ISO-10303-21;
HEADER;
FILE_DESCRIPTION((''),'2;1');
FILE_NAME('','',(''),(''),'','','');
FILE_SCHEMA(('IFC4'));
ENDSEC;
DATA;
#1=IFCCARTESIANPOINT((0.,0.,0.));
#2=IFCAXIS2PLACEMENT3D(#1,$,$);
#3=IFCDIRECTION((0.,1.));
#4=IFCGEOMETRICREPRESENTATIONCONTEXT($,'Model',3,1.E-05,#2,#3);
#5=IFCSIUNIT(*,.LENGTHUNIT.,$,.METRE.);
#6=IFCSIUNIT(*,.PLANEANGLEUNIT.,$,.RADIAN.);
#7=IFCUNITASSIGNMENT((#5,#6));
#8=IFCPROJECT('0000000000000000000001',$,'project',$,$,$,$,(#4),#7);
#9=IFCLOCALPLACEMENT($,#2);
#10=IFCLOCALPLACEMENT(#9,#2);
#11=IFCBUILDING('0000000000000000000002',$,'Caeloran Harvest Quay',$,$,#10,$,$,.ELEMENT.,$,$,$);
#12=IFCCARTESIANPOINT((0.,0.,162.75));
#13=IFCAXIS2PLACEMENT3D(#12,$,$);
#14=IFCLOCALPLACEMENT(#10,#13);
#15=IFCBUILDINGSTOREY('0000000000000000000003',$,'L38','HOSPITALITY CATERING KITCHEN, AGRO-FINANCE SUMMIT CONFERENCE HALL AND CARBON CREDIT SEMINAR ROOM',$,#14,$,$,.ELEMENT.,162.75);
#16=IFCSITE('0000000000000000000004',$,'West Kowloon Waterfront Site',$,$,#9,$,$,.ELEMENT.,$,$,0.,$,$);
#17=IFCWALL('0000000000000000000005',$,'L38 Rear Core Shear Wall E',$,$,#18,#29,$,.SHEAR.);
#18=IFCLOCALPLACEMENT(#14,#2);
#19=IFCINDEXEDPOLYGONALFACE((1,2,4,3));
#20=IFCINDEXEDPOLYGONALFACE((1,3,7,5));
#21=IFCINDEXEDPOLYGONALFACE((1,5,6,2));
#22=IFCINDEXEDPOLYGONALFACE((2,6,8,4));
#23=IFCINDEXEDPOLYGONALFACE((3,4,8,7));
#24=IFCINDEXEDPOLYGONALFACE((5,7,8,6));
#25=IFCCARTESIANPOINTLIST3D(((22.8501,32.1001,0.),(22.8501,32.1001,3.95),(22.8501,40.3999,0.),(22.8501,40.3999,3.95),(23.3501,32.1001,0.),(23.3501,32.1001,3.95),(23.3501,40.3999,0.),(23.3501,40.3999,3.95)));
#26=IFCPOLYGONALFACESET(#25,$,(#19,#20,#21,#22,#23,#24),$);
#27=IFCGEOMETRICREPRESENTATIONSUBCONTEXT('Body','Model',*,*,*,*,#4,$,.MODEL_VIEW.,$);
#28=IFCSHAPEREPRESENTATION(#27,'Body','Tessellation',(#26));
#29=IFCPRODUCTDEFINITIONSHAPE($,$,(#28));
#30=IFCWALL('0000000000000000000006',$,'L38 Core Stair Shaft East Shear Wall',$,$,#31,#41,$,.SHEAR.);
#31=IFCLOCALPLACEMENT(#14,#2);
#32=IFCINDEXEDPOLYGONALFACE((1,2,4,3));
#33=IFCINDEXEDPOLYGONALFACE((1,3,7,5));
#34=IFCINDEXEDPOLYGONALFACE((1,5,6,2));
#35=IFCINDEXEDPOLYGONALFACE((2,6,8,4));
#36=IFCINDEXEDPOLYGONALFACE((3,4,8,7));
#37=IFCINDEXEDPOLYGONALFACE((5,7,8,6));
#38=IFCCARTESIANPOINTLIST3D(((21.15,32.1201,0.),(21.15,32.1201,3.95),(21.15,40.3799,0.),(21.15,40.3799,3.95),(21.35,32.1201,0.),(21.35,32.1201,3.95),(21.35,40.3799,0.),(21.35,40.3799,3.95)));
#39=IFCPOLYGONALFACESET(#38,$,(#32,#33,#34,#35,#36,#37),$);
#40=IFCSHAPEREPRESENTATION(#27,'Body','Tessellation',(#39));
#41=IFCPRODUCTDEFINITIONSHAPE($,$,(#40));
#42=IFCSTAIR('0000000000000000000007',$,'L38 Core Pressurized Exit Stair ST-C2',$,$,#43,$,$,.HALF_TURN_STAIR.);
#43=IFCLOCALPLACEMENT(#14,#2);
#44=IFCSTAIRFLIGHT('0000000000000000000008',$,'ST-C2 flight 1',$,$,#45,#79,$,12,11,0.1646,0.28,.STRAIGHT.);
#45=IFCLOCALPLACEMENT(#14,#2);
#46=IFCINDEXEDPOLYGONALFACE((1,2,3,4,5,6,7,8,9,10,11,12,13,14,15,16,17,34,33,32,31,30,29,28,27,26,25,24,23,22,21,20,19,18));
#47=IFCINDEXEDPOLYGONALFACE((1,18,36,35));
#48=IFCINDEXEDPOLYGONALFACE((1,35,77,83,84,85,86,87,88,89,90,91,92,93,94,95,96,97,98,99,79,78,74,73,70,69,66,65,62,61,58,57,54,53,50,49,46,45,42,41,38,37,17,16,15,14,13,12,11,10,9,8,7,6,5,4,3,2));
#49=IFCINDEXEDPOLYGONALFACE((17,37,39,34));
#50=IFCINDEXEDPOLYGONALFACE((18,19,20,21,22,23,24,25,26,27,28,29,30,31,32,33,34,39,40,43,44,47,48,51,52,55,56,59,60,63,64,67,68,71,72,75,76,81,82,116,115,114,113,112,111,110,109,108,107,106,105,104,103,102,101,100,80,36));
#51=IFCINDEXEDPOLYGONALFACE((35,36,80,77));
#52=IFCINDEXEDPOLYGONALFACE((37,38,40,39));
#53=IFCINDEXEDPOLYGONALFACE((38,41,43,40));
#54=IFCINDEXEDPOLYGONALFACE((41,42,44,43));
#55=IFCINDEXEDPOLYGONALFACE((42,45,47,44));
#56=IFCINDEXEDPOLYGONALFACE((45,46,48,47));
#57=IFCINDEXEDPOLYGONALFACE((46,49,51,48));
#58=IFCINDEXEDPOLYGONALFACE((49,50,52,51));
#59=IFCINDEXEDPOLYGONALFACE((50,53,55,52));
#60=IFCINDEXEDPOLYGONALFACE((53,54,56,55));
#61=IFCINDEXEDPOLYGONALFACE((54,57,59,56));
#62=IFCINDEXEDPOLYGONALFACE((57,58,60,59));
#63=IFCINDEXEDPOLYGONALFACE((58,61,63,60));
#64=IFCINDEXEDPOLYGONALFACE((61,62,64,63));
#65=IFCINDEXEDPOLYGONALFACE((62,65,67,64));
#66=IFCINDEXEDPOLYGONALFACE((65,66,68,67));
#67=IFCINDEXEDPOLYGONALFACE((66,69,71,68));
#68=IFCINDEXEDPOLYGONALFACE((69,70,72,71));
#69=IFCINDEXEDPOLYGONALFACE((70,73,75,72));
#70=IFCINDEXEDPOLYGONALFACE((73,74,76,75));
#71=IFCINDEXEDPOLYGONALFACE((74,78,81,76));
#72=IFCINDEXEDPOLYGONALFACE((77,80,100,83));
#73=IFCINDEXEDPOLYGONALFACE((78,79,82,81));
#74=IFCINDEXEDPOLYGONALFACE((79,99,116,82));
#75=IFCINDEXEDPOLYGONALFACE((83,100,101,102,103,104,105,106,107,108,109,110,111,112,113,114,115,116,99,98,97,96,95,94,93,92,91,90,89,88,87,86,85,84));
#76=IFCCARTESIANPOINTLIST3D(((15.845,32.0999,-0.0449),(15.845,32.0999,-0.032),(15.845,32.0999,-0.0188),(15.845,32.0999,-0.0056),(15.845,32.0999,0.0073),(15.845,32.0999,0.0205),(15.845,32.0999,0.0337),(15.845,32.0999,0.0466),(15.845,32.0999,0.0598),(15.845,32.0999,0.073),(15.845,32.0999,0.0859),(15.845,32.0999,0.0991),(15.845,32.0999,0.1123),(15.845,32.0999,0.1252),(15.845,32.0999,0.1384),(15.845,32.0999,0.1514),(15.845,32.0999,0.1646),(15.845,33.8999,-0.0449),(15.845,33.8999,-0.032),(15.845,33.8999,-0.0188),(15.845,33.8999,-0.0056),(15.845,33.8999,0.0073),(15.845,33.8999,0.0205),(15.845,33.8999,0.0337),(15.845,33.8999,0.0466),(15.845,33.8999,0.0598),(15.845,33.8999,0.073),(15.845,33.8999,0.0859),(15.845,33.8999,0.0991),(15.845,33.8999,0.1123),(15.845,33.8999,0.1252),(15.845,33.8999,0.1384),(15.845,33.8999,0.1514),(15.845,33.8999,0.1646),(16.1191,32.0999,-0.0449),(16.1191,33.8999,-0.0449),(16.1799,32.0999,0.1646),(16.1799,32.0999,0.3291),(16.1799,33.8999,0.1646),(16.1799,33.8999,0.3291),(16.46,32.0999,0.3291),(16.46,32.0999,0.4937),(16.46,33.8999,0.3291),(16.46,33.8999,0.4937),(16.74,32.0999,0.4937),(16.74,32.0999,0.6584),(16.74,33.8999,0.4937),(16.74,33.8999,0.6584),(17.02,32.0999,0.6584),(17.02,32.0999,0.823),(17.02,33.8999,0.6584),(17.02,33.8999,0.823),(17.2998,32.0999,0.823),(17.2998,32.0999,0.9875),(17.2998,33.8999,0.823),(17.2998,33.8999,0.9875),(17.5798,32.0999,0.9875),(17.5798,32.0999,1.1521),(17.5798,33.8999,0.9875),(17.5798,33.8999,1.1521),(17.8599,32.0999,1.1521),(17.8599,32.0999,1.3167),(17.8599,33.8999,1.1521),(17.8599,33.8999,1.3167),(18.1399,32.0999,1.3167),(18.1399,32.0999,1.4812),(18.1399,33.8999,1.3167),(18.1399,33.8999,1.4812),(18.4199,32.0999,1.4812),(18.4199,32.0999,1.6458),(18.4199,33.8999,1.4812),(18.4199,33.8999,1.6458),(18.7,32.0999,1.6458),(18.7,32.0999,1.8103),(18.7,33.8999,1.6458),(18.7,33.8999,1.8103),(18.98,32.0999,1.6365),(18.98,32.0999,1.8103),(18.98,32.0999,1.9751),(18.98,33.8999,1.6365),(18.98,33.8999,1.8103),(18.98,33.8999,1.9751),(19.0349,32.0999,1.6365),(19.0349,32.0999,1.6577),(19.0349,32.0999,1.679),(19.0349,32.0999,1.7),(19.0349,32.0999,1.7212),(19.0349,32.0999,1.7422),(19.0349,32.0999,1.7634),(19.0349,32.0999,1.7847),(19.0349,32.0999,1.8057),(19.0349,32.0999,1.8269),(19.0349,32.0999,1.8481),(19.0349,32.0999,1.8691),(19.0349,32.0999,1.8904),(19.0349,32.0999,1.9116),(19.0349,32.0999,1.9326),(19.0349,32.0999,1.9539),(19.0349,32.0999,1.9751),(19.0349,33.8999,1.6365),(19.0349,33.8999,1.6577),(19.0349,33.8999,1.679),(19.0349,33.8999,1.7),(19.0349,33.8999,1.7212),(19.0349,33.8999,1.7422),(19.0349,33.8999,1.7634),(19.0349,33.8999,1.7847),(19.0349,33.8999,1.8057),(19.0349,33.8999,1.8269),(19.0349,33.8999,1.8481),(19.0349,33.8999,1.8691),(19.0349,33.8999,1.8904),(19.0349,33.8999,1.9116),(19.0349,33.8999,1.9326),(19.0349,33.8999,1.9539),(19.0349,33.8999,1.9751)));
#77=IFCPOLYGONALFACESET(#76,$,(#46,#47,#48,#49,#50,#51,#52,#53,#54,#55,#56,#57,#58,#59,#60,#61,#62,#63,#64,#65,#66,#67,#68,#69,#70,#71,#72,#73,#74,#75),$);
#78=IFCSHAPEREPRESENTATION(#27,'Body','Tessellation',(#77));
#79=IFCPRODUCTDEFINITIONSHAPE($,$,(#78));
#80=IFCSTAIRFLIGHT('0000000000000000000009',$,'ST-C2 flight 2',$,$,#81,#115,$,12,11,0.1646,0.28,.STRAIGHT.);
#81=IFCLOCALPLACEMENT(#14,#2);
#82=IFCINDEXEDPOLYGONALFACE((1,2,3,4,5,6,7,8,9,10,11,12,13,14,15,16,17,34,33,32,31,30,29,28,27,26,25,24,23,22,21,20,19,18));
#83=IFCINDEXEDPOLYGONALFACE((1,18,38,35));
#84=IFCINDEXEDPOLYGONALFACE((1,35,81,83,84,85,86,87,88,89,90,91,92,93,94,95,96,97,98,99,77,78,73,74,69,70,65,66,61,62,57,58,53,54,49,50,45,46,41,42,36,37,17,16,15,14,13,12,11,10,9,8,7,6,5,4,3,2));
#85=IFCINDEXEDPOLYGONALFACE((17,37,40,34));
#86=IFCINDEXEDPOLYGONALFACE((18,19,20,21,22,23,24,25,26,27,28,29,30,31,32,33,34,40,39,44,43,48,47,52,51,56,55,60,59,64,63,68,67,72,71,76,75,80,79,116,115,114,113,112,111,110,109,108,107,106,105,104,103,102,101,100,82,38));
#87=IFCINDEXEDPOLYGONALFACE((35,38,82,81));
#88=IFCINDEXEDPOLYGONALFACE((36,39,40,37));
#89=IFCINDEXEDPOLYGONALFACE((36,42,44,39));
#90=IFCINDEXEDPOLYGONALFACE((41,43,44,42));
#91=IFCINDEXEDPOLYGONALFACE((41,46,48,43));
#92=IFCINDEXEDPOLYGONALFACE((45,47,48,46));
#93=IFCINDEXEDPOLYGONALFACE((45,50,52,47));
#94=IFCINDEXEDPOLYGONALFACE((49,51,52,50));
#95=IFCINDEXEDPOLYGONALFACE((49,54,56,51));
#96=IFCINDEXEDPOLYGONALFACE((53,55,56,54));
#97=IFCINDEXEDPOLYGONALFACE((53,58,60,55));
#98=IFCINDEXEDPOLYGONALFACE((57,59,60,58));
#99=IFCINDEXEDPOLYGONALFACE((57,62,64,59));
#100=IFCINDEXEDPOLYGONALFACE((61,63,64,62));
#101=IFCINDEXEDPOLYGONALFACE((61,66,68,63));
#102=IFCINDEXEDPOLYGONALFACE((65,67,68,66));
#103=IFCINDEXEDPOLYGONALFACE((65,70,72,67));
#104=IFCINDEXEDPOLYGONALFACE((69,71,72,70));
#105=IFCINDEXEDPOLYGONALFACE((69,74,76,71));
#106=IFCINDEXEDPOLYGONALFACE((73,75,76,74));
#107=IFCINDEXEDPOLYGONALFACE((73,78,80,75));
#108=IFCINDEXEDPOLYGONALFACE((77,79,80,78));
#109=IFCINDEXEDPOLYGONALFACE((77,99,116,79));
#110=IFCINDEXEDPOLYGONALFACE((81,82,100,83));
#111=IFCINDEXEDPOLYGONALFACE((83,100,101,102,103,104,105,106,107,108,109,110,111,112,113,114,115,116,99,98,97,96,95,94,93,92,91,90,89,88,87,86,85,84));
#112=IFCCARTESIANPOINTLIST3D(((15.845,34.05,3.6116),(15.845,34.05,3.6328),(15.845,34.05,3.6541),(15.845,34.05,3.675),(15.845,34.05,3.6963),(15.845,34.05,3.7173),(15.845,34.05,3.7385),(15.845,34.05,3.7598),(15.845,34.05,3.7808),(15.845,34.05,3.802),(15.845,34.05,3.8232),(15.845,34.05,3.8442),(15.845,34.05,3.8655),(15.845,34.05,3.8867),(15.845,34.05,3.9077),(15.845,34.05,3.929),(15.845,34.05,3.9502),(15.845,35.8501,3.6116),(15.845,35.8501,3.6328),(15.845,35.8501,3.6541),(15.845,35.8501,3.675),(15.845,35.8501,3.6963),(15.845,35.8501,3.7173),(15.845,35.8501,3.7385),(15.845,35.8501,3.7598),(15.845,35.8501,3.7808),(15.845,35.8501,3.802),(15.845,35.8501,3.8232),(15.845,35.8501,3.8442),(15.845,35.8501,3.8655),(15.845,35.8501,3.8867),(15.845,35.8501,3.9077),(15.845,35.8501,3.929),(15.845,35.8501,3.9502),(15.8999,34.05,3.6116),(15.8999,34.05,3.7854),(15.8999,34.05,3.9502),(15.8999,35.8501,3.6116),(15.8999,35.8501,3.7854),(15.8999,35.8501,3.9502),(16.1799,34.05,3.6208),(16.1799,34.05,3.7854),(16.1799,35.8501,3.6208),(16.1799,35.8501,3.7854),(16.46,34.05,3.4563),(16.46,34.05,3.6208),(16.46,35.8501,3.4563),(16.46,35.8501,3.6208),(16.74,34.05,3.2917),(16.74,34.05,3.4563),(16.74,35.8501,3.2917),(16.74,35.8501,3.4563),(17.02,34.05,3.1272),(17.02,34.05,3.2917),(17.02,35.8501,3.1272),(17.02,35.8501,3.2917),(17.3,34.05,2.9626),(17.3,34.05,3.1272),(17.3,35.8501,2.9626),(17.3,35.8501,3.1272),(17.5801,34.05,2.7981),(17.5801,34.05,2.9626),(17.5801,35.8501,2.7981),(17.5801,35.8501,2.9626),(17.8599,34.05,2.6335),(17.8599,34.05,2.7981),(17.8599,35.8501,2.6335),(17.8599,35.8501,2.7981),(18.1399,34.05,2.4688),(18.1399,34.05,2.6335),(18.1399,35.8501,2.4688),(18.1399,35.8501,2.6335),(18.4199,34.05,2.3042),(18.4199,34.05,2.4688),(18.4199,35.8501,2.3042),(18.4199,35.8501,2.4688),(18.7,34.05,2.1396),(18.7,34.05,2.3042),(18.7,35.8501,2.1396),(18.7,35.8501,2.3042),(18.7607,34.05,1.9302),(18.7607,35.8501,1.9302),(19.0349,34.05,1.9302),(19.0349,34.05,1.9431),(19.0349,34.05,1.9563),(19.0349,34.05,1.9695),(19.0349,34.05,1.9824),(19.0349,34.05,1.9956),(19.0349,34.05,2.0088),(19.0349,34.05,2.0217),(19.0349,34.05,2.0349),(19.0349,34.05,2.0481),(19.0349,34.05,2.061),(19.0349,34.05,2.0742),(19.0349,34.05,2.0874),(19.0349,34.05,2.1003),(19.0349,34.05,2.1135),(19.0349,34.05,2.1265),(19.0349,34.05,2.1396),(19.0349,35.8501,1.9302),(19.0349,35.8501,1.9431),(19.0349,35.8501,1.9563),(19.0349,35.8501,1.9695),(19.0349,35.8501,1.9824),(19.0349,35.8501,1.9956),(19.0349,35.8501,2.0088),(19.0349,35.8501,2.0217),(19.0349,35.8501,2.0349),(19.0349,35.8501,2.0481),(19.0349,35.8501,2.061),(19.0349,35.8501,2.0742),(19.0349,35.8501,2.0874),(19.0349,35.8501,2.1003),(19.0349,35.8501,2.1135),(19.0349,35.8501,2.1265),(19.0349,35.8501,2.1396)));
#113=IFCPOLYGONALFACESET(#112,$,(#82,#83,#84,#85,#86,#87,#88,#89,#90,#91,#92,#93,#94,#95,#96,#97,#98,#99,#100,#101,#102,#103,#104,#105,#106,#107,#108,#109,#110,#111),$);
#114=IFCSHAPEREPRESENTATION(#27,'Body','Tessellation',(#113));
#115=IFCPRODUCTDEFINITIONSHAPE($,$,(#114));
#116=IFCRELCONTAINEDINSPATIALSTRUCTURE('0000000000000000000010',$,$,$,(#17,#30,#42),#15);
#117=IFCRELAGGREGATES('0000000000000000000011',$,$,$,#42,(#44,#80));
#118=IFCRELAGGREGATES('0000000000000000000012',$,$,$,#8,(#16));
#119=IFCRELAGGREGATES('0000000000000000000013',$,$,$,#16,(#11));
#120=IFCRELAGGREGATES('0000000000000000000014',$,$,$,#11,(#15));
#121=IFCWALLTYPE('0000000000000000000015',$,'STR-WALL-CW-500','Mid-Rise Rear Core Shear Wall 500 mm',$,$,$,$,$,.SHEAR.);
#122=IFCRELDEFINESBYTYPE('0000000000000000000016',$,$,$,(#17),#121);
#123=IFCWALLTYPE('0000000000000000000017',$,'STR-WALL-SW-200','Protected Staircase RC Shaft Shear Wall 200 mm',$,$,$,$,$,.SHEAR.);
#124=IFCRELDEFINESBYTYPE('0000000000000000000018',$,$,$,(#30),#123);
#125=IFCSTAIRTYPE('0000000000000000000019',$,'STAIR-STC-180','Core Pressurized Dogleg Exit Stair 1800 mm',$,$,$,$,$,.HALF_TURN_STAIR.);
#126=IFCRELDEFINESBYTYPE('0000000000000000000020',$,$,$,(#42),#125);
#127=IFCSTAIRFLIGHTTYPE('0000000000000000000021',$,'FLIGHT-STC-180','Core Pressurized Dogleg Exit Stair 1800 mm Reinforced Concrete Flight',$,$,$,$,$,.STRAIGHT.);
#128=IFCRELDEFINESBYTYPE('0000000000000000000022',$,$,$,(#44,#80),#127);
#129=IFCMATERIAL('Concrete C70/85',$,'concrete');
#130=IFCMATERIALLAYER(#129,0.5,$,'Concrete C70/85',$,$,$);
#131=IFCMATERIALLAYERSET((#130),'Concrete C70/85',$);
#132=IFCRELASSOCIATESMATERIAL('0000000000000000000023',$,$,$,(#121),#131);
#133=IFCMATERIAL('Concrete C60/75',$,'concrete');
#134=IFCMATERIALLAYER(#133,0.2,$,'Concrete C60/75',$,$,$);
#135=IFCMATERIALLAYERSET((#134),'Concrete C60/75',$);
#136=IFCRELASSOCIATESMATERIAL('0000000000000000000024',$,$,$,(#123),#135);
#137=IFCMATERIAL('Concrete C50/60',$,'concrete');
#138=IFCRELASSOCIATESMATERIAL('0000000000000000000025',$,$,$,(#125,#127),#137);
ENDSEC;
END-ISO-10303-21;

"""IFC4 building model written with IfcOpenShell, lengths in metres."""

from ifc_helpers import new_model, si_unit, direction, frame, frame_2d, origin, place, context, subcontext, project, spatial, polyline, rectangle, outline, extrude, material, layer, layer_set, type_object, element, aggregate, save


model = new_model("IFC4")

# Units and contexts
model_context = context("Model", 3, precision=1e-05, world=origin(), true_north=direction((0.0, 1.0)))
body_context = subcontext(model_context, "Body", "Model", "MODEL_VIEW")
ifc_project = project(units=[si_unit("LENGTHUNIT", "METRE"), si_unit("PLANEANGLEUNIT", "RADIAN")], contexts=[model_context])

# Site, building, storey
site_placement = place(None, origin())
site = spatial("IfcSite", under=ifc_project, at=site_placement, Name="West Kowloon Waterfront Site", CompositionType="ELEMENT", RefElevation=0.0)
building_placement = place(site_placement, origin())
building = spatial("IfcBuilding", under=site, at=building_placement, Name="Caeloran Harvest Quay", CompositionType="ELEMENT")
storey_placement = place(building_placement, frame((0.0, 0.0, 162.75)))
storey = spatial("IfcBuildingStorey", under=building, at=storey_placement, Name="L38", Description="HOSPITALITY CATERING KITCHEN, AGRO-FINANCE SUMMIT CONFERENCE HALL AND CARBON CREDIT SEMINAR ROOM", CompositionType="ELEMENT", Elevation=162.75)

# Shared definitions
ifc_material_1 = material(Name="Concrete C50/60", Category="concrete")

# Walls
ifc_material_2 = material(Name="Concrete C70/85", Category="concrete")
ifc_layer_1 = layer(ifc_material_2, 0.5, Name="Concrete C70/85")
ifc_layer_set_1 = layer_set([ifc_layer_1], Name="Concrete C70/85")
wall_type_1 = type_object("IfcWallType", Name="STR-WALL-CW-500", Description="Mid-Rise Rear Core Shear Wall 500 mm", PredefinedType="SHEAR", material=ifc_layer_set_1)
wall_1_placement = place(storey_placement, frame((23.1001, 32.1001, 0.0), z_axis=(0.0, 0.0, 1.0), x_axis=(0.0, 1.0, 0.0)))
element("IfcWall", 1, at=wall_1_placement, inside=storey, type_object=wall_type_1, Name="L38 Rear Core Shear Wall E", PredefinedType="SHEAR", context=body_context, shape_type="SweptSolid", body=[
    extrude(rectangle(XDim=8.2998, YDim=0.5, at=frame_2d((4.1499, 0.0))), origin(), (0.0, 0.0, 1.0), 3.95),
])
ifc_material_3 = material(Name="Concrete C60/75", Category="concrete")
ifc_layer_2 = layer(ifc_material_3, 0.2, Name="Concrete C60/75")
ifc_layer_set_2 = layer_set([ifc_layer_2], Name="Concrete C60/75")
wall_type_2 = type_object("IfcWallType", Name="STR-WALL-SW-200", Description="Protected Staircase RC Shaft Shear Wall 200 mm", PredefinedType="SHEAR", material=ifc_layer_set_2)
wall_2_placement = place(storey_placement, frame((21.25, 32.1201, 0.0), z_axis=(0.0, 0.0, 1.0), x_axis=(0.0, 1.0, 0.0)))
element("IfcWall", 2, at=wall_2_placement, inside=storey, type_object=wall_type_2, Name="L38 Core Stair Shaft East Shear Wall", PredefinedType="SHEAR", context=body_context, shape_type="SweptSolid", body=[
    extrude(rectangle(XDim=8.2598, YDim=0.2, at=frame_2d((4.1299, 0.0))), origin(), (0.0, 0.0, 1.0), 3.95),
])

# Stair, stair flights
stair_type = type_object("IfcStairType", Name="STAIR-STC-180", Description="Core Pressurized Dogleg Exit Stair 1800 mm", PredefinedType="HALF_TURN_STAIR", material=ifc_material_1)
stair_placement = place(storey_placement, origin())
stair = element("IfcStair", 3, at=stair_placement, inside=storey, type_object=stair_type, Name="L38 Core Pressurized Exit Stair ST-C2", PredefinedType="HALF_TURN_STAIR")
stair_flight_type = type_object("IfcStairFlightType", Name="FLIGHT-STC-180", Description="Core Pressurized Dogleg Exit Stair 1800 mm Reinforced Concrete Flight", PredefinedType="STRAIGHT", material=ifc_material_1)
stair_flight_1_placement = place(storey_placement, frame((15.8999, 33.0, 0.0), z_axis=(0.0, 0.0, 1.0), x_axis=(1.0, 0.0, 0.0)))
stair_flight_1 = element("IfcStairFlight", 4, at=stair_flight_1_placement, type_object=stair_flight_type, Name="ST-C2 flight 1", NumberOfRisers=12, NumberOfTreads=11, PredefinedType="STRAIGHT", RiserHeight=0.1646, TreadLength=0.28, context=body_context, shape_type="SweptSolid", body=[
    extrude(outline(polyline([(-0.0549, -0.0449), (-0.0549, -0.032), (-0.0549, -0.0188), (-0.0549, -0.0056), (-0.0549, 0.0073), (-0.0549, 0.0205), (-0.0549, 0.0337), (-0.0549, 0.0466), (-0.0549, 0.0598), (-0.0549, 0.073), (-0.0549, 0.0859), (-0.0549, 0.0991), (-0.0549, 0.1123), (-0.0549, 0.1252), (-0.0549, 0.1384), (-0.0549, 0.1514), (-0.0549, 0.1646), (0.28, 0.1646), (0.28, 0.3291), (0.5601, 0.3291), (0.5601, 0.4937), (0.8401, 0.4937), (0.8401, 0.6584), (1.1201, 0.6584), (1.1201, 0.823), (1.3999, 0.823), (1.3999, 0.9875), (1.6799, 0.9875), (1.6799, 1.1521), (1.96, 1.1521), (1.96, 1.3167), (2.24, 1.3167), (2.24, 1.4812), (2.52, 1.4812), (2.52, 1.6458), (2.8, 1.6458), (2.8, 1.8103), (3.0801, 1.8103), (3.0801, 1.9751), (3.135, 1.9751), (3.135, 1.9539), (3.135, 1.9326), (3.135, 1.9116), (3.135, 1.8904), (3.135, 1.8691), (3.135, 1.8481), (3.135, 1.8269), (3.135, 1.8057), (3.135, 1.7847), (3.135, 1.7634), (3.135, 1.7422), (3.135, 1.7212), (3.135, 1.7), (3.135, 1.679), (3.135, 1.6577), (3.135, 1.6365), (3.0801, 1.6365), (0.2192, -0.0449), (-0.0549, -0.0449)])), frame((0.0, 0.8999, 0.0), z_axis=(0.0, -1.0, 0.0), x_axis=(1.0, 0.0, 0.0)), (0.0, 0.0, 1.0), 1.8),
])
stair_flight_2_placement = place(storey_placement, frame((18.98, 34.95, 1.9751), z_axis=(0.0, 0.0, 1.0), x_axis=(-1.0, 0.0, 0.0)))
stair_flight_2 = element("IfcStairFlight", 5, at=stair_flight_2_placement, type_object=stair_flight_type, Name="ST-C2 flight 2", NumberOfRisers=12, NumberOfTreads=11, PredefinedType="STRAIGHT", RiserHeight=0.1646, TreadLength=0.28, context=body_context, shape_type="SweptSolid", body=[
    extrude(outline(polyline([(-0.0549, -0.0449), (-0.0549, -0.032), (-0.0549, -0.0188), (-0.0549, -0.0056), (-0.0549, 0.0073), (-0.0549, 0.0205), (-0.0549, 0.0337), (-0.0549, 0.0466), (-0.0549, 0.0598), (-0.0549, 0.073), (-0.0549, 0.0859), (-0.0549, 0.0991), (-0.0549, 0.1123), (-0.0549, 0.1252), (-0.0549, 0.1384), (-0.0549, 0.1514), (-0.0549, 0.1646), (0.28, 0.1646), (0.28, 0.3291), (0.5601, 0.3291), (0.5601, 0.4937), (0.8401, 0.4937), (0.8401, 0.6584), (1.1201, 0.6584), (1.1201, 0.823), (1.3999, 0.823), (1.3999, 0.9875), (1.6799, 0.9875), (1.6799, 1.1521), (1.96, 1.1521), (1.96, 1.3167), (2.24, 1.3167), (2.24, 1.4812), (2.52, 1.4812), (2.52, 1.6458), (2.8, 1.6458), (2.8, 1.8103), (3.0801, 1.8103), (3.0801, 1.9751), (3.135, 1.9751), (3.135, 1.9539), (3.135, 1.9326), (3.135, 1.9116), (3.135, 1.8904), (3.135, 1.8691), (3.135, 1.8481), (3.135, 1.8269), (3.135, 1.8057), (3.135, 1.7847), (3.135, 1.7634), (3.135, 1.7422), (3.135, 1.7212), (3.135, 1.7), (3.135, 1.679), (3.135, 1.6577), (3.135, 1.6365), (3.0801, 1.6365), (0.2192, -0.0449), (-0.0549, -0.0449)])), frame((0.0, 0.8999, 0.0), z_axis=(0.0, -1.0, 0.0), x_axis=(1.0, 0.0, 0.0)), (0.0, 0.0, 1.0), 1.8),
])
aggregate(stair, [stair_flight_1, stair_flight_2])

save(model, "model.ifc")
